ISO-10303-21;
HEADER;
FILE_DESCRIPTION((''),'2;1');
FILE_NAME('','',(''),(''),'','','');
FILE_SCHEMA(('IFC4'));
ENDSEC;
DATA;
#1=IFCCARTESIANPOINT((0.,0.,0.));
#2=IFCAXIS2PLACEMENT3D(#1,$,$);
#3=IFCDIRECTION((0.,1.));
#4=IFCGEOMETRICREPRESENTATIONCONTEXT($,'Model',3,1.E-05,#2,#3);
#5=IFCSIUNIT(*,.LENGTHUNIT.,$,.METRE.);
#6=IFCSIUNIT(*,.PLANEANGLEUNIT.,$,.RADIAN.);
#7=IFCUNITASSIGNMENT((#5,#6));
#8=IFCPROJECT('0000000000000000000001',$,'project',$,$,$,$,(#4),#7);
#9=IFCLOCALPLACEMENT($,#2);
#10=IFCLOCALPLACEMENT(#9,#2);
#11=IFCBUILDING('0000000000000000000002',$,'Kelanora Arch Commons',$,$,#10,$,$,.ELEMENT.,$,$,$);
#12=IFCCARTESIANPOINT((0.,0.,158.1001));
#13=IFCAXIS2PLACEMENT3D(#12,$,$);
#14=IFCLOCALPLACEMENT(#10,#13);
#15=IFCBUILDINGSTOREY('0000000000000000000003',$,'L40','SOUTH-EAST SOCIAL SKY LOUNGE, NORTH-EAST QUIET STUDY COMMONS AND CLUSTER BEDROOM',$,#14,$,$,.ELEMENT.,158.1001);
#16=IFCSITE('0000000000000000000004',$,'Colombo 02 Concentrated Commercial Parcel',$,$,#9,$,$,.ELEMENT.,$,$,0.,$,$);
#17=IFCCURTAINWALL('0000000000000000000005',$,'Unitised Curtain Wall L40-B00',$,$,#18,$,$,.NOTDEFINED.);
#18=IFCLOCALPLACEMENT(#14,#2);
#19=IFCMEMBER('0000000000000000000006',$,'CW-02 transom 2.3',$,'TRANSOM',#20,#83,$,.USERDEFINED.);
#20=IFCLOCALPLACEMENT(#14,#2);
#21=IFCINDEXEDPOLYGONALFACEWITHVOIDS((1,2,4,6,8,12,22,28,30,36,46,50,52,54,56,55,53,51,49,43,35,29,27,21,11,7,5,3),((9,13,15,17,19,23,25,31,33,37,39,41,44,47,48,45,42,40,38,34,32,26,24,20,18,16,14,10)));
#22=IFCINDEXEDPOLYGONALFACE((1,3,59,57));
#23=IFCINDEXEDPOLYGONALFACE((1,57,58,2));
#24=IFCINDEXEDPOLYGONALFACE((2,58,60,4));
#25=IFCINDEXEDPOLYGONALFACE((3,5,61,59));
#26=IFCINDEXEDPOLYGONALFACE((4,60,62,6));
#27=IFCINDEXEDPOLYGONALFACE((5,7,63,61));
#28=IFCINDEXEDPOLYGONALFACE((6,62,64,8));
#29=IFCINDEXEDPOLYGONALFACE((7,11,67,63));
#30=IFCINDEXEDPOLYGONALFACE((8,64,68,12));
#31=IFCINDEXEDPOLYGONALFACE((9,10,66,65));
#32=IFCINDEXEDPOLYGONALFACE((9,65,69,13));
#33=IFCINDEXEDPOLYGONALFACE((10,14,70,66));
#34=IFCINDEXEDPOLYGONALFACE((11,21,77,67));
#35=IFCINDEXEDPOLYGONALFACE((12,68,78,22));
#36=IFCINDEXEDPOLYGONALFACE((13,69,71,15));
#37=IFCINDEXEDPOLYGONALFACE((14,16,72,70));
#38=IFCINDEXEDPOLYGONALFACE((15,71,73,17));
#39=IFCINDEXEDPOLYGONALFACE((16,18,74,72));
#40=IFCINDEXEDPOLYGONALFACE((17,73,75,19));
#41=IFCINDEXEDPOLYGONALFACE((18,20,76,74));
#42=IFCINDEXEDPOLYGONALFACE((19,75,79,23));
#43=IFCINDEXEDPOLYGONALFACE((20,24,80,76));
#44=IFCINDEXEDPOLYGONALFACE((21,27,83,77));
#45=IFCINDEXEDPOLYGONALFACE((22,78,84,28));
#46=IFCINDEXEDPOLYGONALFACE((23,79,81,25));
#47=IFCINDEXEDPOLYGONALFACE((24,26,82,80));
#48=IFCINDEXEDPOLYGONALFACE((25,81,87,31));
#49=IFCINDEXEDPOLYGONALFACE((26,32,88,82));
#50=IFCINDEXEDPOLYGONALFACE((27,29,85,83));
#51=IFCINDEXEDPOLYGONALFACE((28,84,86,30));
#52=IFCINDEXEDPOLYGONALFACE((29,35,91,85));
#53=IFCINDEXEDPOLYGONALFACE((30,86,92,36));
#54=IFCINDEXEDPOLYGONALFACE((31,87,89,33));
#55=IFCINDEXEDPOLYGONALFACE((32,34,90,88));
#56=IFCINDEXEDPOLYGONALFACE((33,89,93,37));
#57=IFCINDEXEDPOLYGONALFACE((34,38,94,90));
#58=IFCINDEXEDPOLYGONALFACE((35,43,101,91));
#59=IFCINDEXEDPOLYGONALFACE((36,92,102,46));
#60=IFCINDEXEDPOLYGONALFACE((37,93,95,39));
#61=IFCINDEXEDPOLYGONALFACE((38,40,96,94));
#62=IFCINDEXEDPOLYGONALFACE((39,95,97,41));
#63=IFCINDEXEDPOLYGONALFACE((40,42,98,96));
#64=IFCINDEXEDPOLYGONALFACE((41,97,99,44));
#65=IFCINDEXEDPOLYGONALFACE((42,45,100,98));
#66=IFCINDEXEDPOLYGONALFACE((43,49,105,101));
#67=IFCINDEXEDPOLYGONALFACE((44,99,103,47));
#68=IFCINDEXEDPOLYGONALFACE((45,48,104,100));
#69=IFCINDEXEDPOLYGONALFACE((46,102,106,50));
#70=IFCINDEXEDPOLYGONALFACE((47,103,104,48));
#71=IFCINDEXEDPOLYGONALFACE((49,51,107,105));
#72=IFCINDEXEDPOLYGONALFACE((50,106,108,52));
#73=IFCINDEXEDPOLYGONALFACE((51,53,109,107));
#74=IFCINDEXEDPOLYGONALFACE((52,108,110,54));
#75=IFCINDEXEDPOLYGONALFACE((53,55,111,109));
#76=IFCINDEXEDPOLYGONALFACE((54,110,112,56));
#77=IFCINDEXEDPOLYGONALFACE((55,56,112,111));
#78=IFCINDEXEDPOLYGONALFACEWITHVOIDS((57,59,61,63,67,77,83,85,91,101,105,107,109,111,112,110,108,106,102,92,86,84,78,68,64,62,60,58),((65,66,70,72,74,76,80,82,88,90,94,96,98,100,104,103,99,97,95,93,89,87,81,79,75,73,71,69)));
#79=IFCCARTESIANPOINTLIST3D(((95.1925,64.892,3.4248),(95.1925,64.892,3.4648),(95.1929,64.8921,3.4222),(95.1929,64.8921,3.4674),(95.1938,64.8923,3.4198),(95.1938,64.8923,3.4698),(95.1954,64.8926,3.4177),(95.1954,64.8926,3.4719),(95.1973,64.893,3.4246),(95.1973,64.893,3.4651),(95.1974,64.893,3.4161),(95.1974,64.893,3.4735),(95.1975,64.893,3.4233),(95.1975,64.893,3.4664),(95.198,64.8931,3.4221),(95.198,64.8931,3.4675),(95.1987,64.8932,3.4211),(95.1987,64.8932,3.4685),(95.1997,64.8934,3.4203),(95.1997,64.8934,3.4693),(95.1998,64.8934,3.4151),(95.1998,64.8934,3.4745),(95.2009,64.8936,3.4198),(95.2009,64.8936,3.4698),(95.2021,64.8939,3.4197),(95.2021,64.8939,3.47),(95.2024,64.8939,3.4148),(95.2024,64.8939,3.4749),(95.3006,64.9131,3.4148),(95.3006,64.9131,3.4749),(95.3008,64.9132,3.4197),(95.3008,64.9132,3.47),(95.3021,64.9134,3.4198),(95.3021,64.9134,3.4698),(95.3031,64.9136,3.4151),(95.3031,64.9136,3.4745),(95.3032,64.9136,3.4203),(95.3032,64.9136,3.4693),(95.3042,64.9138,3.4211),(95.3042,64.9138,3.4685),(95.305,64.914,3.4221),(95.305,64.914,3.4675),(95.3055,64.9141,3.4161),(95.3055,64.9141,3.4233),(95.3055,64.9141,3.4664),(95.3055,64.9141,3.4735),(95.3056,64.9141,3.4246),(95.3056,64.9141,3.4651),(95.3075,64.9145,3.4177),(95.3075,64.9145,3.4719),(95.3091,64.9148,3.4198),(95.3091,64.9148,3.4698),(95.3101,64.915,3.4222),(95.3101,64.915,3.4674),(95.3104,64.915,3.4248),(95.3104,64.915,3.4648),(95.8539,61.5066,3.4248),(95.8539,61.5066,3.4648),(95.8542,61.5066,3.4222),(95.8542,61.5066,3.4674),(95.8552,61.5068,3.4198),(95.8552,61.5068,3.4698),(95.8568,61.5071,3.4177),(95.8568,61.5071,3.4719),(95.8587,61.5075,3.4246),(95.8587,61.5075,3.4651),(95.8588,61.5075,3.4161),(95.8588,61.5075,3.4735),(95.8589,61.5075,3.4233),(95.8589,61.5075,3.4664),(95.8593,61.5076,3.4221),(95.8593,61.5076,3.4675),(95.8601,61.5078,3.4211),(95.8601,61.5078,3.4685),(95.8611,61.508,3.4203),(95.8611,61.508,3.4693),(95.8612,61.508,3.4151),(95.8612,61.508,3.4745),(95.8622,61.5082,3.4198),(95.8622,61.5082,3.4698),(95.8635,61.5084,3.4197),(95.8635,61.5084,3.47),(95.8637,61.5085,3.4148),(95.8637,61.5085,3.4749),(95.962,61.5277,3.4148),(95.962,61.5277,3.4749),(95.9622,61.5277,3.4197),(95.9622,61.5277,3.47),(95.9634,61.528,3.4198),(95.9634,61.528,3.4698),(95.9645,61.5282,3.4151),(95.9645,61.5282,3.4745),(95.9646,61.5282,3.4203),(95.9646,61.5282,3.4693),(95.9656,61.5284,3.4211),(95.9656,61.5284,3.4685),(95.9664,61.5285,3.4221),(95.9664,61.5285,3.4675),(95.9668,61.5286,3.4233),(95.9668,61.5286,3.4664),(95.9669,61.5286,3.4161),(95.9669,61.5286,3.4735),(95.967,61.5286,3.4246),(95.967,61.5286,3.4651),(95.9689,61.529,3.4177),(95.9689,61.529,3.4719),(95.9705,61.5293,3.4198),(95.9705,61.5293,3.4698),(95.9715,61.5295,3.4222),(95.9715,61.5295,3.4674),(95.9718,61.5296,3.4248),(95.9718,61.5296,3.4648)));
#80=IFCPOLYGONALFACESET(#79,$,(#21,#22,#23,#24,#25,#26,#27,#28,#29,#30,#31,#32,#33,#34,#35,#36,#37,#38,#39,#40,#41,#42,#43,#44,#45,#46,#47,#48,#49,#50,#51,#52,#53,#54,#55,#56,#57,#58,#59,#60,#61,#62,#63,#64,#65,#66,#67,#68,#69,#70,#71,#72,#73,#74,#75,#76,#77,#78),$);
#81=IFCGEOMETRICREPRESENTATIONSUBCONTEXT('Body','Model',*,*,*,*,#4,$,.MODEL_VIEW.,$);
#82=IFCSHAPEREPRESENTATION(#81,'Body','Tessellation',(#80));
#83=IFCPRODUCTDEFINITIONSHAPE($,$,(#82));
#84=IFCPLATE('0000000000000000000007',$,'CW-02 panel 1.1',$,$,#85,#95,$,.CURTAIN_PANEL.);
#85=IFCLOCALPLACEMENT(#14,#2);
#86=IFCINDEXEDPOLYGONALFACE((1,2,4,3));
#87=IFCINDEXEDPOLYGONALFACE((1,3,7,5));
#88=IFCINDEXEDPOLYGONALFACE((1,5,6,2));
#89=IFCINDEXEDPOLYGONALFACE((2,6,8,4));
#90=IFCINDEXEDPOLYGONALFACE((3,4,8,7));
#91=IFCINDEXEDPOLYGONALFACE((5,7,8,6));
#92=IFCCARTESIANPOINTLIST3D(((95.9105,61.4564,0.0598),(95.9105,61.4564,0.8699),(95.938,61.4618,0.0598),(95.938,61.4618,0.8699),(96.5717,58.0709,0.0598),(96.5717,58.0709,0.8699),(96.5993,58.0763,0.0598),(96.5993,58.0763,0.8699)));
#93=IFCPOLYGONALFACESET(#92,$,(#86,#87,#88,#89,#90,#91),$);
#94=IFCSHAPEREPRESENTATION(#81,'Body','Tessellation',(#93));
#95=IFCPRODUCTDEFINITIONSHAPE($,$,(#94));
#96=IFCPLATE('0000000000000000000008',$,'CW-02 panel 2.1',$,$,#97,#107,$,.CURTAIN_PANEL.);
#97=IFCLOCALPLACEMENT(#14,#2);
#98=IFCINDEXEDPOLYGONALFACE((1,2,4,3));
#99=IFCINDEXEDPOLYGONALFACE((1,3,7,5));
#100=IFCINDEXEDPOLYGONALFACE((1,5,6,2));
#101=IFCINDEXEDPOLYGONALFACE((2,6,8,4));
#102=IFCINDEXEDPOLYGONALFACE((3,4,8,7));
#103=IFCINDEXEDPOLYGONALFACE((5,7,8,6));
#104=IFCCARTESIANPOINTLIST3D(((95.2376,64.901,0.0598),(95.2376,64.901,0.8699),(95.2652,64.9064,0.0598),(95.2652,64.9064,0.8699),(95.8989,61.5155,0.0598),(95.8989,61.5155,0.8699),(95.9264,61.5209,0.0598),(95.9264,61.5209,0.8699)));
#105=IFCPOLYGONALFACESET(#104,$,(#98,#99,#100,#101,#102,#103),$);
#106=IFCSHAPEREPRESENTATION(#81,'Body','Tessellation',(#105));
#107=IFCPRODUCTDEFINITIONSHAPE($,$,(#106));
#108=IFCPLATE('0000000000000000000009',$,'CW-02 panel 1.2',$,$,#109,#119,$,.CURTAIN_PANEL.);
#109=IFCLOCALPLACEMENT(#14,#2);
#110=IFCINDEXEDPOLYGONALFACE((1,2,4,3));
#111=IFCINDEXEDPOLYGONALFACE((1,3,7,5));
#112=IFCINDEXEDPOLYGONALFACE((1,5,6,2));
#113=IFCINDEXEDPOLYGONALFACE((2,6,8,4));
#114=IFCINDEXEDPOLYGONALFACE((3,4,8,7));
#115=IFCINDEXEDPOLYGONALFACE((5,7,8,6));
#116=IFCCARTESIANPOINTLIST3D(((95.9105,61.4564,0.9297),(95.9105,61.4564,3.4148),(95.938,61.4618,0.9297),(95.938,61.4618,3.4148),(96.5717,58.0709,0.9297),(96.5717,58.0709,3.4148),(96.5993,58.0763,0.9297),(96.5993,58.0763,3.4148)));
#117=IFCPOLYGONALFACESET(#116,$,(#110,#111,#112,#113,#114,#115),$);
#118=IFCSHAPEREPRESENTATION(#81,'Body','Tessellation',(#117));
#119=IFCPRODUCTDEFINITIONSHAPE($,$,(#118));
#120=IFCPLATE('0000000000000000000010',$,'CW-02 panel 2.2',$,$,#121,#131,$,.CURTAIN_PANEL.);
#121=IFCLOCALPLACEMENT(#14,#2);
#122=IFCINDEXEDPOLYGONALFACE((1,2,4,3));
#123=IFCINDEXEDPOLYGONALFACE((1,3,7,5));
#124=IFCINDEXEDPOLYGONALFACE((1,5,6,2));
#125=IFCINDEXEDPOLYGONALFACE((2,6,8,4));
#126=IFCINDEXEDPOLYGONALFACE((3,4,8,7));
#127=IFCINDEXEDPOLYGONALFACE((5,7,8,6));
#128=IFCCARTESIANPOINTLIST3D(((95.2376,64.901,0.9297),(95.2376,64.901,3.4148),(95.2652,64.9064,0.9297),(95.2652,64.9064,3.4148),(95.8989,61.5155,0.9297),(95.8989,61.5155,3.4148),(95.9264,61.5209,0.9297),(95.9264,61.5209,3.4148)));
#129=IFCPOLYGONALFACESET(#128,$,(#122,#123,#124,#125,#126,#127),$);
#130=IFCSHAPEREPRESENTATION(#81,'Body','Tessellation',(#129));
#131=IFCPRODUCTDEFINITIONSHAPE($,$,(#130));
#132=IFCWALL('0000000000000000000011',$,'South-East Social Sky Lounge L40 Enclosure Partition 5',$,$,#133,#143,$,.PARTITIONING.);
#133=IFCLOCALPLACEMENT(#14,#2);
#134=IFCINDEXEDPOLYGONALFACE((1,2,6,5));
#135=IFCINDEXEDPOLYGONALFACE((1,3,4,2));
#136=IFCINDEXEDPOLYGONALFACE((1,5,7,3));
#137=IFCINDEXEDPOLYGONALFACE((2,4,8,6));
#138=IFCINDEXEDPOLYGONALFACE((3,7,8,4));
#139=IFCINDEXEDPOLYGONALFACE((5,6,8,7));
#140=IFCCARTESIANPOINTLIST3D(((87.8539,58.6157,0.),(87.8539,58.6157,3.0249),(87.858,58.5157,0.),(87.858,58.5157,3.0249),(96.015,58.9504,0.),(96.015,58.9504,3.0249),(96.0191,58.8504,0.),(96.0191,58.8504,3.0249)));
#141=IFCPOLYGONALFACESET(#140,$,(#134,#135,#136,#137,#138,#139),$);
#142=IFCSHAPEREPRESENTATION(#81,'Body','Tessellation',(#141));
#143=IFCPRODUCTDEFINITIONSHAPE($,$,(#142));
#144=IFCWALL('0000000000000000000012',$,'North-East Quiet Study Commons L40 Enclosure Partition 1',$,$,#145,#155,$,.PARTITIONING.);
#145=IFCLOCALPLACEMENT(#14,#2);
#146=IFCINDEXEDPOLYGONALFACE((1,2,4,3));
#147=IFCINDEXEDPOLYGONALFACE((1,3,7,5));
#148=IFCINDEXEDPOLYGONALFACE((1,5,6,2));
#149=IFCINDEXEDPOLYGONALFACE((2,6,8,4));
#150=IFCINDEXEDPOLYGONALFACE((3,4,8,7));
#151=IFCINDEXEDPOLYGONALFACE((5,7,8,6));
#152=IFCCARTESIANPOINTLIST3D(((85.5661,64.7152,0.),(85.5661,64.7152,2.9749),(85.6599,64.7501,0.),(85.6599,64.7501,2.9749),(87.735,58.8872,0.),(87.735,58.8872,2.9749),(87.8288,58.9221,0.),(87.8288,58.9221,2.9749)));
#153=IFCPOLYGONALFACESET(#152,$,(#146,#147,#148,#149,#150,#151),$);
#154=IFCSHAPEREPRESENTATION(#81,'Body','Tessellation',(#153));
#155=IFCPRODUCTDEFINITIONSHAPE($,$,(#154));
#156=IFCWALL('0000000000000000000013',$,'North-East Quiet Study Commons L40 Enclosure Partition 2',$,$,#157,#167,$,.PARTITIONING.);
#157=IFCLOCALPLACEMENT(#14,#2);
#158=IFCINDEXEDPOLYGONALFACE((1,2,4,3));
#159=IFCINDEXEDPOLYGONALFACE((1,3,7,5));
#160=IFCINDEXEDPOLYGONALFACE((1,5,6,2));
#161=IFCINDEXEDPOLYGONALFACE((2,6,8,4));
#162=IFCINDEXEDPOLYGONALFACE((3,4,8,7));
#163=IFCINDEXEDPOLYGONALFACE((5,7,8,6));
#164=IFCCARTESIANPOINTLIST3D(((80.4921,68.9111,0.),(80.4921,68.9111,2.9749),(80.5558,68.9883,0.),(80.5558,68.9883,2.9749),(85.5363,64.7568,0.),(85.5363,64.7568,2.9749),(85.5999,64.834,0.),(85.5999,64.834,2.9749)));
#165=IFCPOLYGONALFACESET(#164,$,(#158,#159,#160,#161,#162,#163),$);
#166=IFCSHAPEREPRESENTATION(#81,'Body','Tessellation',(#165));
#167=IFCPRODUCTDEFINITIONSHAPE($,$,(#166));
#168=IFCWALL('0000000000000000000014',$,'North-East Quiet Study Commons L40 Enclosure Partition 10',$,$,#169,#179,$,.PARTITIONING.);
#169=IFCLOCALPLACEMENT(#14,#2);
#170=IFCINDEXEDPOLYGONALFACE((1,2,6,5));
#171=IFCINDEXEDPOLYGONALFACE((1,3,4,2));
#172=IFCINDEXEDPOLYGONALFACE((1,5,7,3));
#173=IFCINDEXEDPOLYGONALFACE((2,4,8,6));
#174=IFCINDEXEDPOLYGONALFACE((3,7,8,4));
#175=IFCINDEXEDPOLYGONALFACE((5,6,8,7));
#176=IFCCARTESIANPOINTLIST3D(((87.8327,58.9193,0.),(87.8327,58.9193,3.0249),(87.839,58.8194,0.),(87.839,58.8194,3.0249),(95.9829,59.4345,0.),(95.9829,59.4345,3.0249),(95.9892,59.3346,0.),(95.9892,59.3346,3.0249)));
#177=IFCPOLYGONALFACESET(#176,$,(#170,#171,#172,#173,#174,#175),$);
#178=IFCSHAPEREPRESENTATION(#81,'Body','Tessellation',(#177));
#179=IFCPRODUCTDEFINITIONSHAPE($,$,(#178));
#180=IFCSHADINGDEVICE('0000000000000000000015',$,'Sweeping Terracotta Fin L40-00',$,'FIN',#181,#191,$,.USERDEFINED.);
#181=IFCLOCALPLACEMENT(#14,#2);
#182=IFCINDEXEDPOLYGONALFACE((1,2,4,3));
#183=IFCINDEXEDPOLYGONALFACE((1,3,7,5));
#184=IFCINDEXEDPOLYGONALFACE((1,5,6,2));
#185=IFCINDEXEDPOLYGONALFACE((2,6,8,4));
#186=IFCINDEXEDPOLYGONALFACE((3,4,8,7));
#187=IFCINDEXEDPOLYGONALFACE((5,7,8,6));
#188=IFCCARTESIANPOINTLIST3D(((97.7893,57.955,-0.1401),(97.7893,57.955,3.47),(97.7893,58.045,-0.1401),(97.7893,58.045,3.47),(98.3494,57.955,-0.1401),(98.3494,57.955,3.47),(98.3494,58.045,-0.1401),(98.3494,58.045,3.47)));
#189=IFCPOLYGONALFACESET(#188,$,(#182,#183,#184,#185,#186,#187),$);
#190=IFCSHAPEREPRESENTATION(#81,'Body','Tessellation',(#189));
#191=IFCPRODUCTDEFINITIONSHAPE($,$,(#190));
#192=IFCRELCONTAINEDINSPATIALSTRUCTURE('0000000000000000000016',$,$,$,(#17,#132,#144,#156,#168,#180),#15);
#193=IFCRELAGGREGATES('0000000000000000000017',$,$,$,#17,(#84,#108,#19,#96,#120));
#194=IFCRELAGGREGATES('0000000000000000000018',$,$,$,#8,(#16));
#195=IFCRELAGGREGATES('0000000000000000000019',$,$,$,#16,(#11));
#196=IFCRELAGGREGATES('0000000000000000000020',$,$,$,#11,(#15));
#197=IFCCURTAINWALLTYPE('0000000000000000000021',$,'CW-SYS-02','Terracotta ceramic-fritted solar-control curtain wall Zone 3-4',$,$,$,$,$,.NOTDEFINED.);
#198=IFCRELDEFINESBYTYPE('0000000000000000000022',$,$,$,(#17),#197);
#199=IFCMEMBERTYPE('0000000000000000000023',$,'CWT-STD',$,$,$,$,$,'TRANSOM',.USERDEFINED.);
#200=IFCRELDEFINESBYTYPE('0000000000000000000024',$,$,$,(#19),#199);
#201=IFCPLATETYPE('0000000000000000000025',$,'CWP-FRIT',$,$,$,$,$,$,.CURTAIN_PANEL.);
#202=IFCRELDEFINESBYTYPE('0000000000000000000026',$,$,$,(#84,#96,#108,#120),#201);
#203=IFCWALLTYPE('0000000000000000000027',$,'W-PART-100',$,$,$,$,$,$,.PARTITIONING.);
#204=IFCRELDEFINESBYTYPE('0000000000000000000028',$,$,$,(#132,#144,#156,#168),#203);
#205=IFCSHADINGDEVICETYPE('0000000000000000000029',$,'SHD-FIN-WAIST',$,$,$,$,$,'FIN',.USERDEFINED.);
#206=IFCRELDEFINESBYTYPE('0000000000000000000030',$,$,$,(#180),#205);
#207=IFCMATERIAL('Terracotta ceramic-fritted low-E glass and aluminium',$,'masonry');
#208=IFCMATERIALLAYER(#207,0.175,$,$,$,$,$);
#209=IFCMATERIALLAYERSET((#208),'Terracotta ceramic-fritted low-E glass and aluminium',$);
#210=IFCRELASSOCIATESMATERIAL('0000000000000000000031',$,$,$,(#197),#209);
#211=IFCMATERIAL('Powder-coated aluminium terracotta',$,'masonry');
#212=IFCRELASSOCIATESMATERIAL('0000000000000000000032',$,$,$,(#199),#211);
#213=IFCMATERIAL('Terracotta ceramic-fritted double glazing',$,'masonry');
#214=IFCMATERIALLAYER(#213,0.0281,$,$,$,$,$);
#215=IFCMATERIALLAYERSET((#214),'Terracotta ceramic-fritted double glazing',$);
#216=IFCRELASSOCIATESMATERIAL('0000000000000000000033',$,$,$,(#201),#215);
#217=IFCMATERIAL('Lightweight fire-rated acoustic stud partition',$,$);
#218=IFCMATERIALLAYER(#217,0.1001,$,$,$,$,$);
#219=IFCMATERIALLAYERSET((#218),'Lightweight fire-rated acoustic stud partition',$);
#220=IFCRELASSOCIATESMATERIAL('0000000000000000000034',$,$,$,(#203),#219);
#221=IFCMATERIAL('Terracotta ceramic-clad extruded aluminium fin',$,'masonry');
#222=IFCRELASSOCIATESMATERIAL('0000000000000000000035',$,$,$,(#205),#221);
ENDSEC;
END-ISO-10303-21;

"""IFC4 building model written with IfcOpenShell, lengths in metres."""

from ifc_helpers import new_model, si_unit, direction, frame, frame_2d, origin, origin_2d, place, context, subcontext, project, spatial, rectangle, hollow_rectangle, extrude, source, transform, mapped, material, layer, layer_set, material_profile, profile_set, type_object, element, aggregate, save


model = new_model("IFC4")

# Units and contexts
model_context = context("Model", 3, precision=1e-05, world=origin(), true_north=direction((0.0, 1.0)))
body_context = subcontext(model_context, "Body", "Model", "MODEL_VIEW")
ifc_project = project(units=[si_unit("LENGTHUNIT", "METRE"), si_unit("PLANEANGLEUNIT", "RADIAN")], contexts=[model_context])

# Site, building, storey
site_placement = place(None, origin())
site = spatial("IfcSite", under=ifc_project, at=site_placement, Name="Colombo 02 Concentrated Commercial Parcel", CompositionType="ELEMENT", RefElevation=0.0)
building_placement = place(site_placement, origin())
building = spatial("IfcBuilding", under=site, at=building_placement, Name="Kelanora Arch Commons", CompositionType="ELEMENT")
storey_placement = place(building_placement, frame((0.0, 0.0, 158.1001)))
storey = spatial("IfcBuildingStorey", under=building, at=storey_placement, Name="L40", Description="SOUTH-EAST SOCIAL SKY LOUNGE, NORTH-EAST QUIET STUDY COMMONS AND CLUSTER BEDROOM", CompositionType="ELEMENT", Elevation=158.1001)

# Curtain wall, member, plates
ifc_material_1 = material(Name="Terracotta ceramic-fritted low-E glass and aluminium", Category="masonry")
ifc_layer_1 = layer(ifc_material_1, 0.175)
ifc_layer_set_1 = layer_set([ifc_layer_1], Name="Terracotta ceramic-fritted low-E glass and aluminium")
curtain_wall_type = type_object("IfcCurtainWallType", Name="CW-SYS-02", Description="Terracotta ceramic-fritted solar-control curtain wall Zone 3-4", PredefinedType="NOTDEFINED", material=ifc_layer_set_1)
curtain_wall_placement = place(storey_placement, origin())
curtain_wall = element("IfcCurtainWall", 1, at=curtain_wall_placement, inside=storey, type_object=curtain_wall_type, Name="Unitised Curtain Wall L40-B00", PredefinedType="NOTDEFINED")
ifc_material_2 = material(Name="Powder-coated aluminium terracotta", Category="masonry")
ifc_material_profile_1 = material_profile(ifc_material_2, hollow_rectangle(XDim=0.1201, YDim=0.0601, WallThickness=0.0049, InnerFilletRadius=0.0049, OuterFilletRadius=0.01, at=origin_2d()), Name="CWT120x60")
ifc_profile_set_1 = profile_set([ifc_material_profile_1], Name="Powder-coated aluminium terracotta")
member_type_1 = type_object("IfcMemberType", Name="CWT-STD", ElementType="TRANSOM", PredefinedType="USERDEFINED", material=ifc_profile_set_1)
member_1_placement = place(storey_placement, frame((95.9128, 61.5181, 3.4448), z_axis=(-0.191732, 0.981447, 0.0), x_axis=(-0.981447, -0.191732, 0.0)))
member_1 = element("IfcMember", 2, at=member_1_placement, type_object=member_type_1, Name="CW-02 transom 2.3", ObjectType="TRANSOM", PredefinedType="USERDEFINED", context=body_context, shape_type="SweptSolid", body=[
    extrude(hollow_rectangle(XDim=0.1201, YDim=0.0601, WallThickness=0.0049, InnerFilletRadius=0.0049, OuterFilletRadius=0.01, at=origin_2d()), origin(), (0.0, 0.0, 1.0), 3.4495),
])
ifc_material_3 = material(Name="Terracotta ceramic-fritted double glazing", Category="masonry")
ifc_layer_2 = layer(ifc_material_3, 0.0281)
ifc_layer_set_2 = layer_set([ifc_layer_2], Name="Terracotta ceramic-fritted double glazing")
plate_type = type_object("IfcPlateType", Name="CWP-FRIT", PredefinedType="CURTAIN_PANEL", material=ifc_layer_set_2)
shared_shape_1 = source(origin(), body_context, "Body", "SweptSolid", [
    extrude(rectangle(XDim=3.4495, YDim=0.0281, at=origin_2d()), origin(), (0.0, 0.0, 1.0), 0.8101),
])
plate_1_placement = place(storey_placement, frame((96.2549, 59.7664, 0.0598), z_axis=(0.0, 0.0, 1.0), x_axis=(-0.191705, 0.981453, 0.0)))
plate_1 = element("IfcPlate", 3, at=plate_1_placement, type_object=plate_type, Name="CW-02 panel 1.1", PredefinedType="CURTAIN_PANEL", context=body_context, shape_type="MappedRepresentation", body=[
    mapped(shared_shape_1, transform((0.0, 0.0, 0.0), scale=1.0)),
])
plate_2_placement = place(storey_placement, frame((95.582, 63.2109, 0.0598), z_axis=(0.0, 0.0, 1.0), x_axis=(-0.191705, 0.981453, 0.0)))
plate_2 = element("IfcPlate", 4, at=plate_2_placement, type_object=plate_type, Name="CW-02 panel 2.1", PredefinedType="CURTAIN_PANEL", context=body_context, shape_type="MappedRepresentation", body=[
    mapped(shared_shape_1, transform((0.0, 0.0, 0.0), scale=1.0)),
])
shared_shape_2 = source(origin(), body_context, "Body", "SweptSolid", [
    extrude(rectangle(XDim=3.4495, YDim=0.0281, at=origin_2d()), origin(), (0.0, 0.0, 1.0), 2.4851),
])
plate_3_placement = place(storey_placement, frame((96.2549, 59.7664, 0.9297), z_axis=(0.0, 0.0, 1.0), x_axis=(-0.191705, 0.981453, 0.0)))
plate_3 = element("IfcPlate", 5, at=plate_3_placement, type_object=plate_type, Name="CW-02 panel 1.2", PredefinedType="CURTAIN_PANEL", context=body_context, shape_type="MappedRepresentation", body=[
    mapped(shared_shape_2, transform((0.0, 0.0, 0.0), scale=1.0)),
])
plate_4_placement = place(storey_placement, frame((95.582, 63.2109, 0.9297), z_axis=(0.0, 0.0, 1.0), x_axis=(-0.191705, 0.981453, 0.0)))
plate_4 = element("IfcPlate", 6, at=plate_4_placement, type_object=plate_type, Name="CW-02 panel 2.2", PredefinedType="CURTAIN_PANEL", context=body_context, shape_type="MappedRepresentation", body=[
    mapped(shared_shape_2, transform((0.0, 0.0, 0.0), scale=1.0)),
])
aggregate(curtain_wall, [plate_1, plate_3, member_1, plate_2, plate_4])

# Walls
ifc_material_4 = material(Name="Lightweight fire-rated acoustic stud partition")
ifc_layer_3 = layer(ifc_material_4, 0.1001)
ifc_layer_set_3 = layer_set([ifc_layer_3], Name="Lightweight fire-rated acoustic stud partition")
wall_type = type_object("IfcWallType", Name="W-PART-100", PredefinedType="PARTITIONING", material=ifc_layer_set_3)
wall_1_placement = place(storey_placement, frame((87.856, 58.5657, 0.0), z_axis=(0.0, 0.0, 1.0), x_axis=(0.99916, 0.040979, 0.0)))
element("IfcWall", 7, at=wall_1_placement, inside=storey, type_object=wall_type, Name="South-East Social Sky Lounge L40 Enclosure Partition 5", PredefinedType="PARTITIONING", context=body_context, shape_type="SweptSolid", body=[
    extrude(rectangle(XDim=8.168, YDim=0.1001, at=frame_2d((4.084, 0.0))), origin(), (0.0, 0.0, 1.0), 3.0249),
])
wall_2_placement = place(storey_placement, frame((87.782, 58.9045, 0.0), z_axis=(0.0, 0.0, 1.0), x_axis=(-0.348795, 0.937199, 0.0)))
element("IfcWall", 8, at=wall_2_placement, inside=storey, type_object=wall_type, Name="North-East Quiet Study Commons L40 Enclosure Partition 1", PredefinedType="PARTITIONING", context=body_context, shape_type="SweptSolid", body=[
    extrude(rectangle(XDim=6.2185, YDim=0.1001, at=frame_2d((3.1094, 0.0))), origin(), (0.0, 0.0, 1.0), 2.9749),
])
wall_3_placement = place(storey_placement, frame((85.5681, 64.7954, 0.0), z_axis=(0.0, 0.0, 1.0), x_axis=(-0.771911, 0.635731, 0.0)))
element("IfcWall", 9, at=wall_3_placement, inside=storey, type_object=wall_type, Name="North-East Quiet Study Commons L40 Enclosure Partition 2", PredefinedType="PARTITIONING", context=body_context, shape_type="SweptSolid", body=[
    extrude(rectangle(XDim=6.5347, YDim=0.1001, at=frame_2d((3.2673, 0.0))), origin(), (0.0, 0.0, 1.0), 2.9749),
])
wall_4_placement = place(storey_placement, frame((95.9861, 59.3845, 0.0), z_axis=(0.0, 0.0, 1.0), x_axis=(-0.998008, -0.06308, 0.0)))
element("IfcWall", 10, at=wall_4_placement, inside=storey, type_object=wall_type, Name="North-East Quiet Study Commons L40 Enclosure Partition 10", PredefinedType="PARTITIONING", context=body_context, shape_type="SweptSolid", body=[
    extrude(rectangle(XDim=8.1665, YDim=0.1001, at=frame_2d((4.0833, 0.0))), origin(), (0.0, 0.0, 1.0), 3.0249),
])

# Shading device
ifc_material_5 = material(Name="Terracotta ceramic-clad extruded aluminium fin", Category="masonry")
shading_device_type = type_object("IfcShadingDeviceType", Name="SHD-FIN-WAIST", ElementType="FIN", PredefinedType="USERDEFINED", material=ifc_material_5)
shared_shape_3 = source(origin(), body_context, "Body", "SweptSolid", [
    extrude(rectangle(XDim=0.5601, YDim=0.0901, at=origin_2d()), origin(), (0.0, 0.0, 1.0), 3.6101),
])
shading_device_placement = place(storey_placement, frame((98.0693, 58.0, -0.1401), z_axis=(0.0, 0.0, 1.0), x_axis=(1.0, 0.0, 0.0)))
element("IfcShadingDevice", 11, at=shading_device_placement, inside=storey, type_object=shading_device_type, Name="Sweeping Terracotta Fin L40-00", ObjectType="FIN", PredefinedType="USERDEFINED", context=body_context, shape_type="MappedRepresentation", body=[
    mapped(shared_shape_3, transform((0.0, 0.0, 0.0), scale=1.0)),
])

save(model, "model.ifc")
